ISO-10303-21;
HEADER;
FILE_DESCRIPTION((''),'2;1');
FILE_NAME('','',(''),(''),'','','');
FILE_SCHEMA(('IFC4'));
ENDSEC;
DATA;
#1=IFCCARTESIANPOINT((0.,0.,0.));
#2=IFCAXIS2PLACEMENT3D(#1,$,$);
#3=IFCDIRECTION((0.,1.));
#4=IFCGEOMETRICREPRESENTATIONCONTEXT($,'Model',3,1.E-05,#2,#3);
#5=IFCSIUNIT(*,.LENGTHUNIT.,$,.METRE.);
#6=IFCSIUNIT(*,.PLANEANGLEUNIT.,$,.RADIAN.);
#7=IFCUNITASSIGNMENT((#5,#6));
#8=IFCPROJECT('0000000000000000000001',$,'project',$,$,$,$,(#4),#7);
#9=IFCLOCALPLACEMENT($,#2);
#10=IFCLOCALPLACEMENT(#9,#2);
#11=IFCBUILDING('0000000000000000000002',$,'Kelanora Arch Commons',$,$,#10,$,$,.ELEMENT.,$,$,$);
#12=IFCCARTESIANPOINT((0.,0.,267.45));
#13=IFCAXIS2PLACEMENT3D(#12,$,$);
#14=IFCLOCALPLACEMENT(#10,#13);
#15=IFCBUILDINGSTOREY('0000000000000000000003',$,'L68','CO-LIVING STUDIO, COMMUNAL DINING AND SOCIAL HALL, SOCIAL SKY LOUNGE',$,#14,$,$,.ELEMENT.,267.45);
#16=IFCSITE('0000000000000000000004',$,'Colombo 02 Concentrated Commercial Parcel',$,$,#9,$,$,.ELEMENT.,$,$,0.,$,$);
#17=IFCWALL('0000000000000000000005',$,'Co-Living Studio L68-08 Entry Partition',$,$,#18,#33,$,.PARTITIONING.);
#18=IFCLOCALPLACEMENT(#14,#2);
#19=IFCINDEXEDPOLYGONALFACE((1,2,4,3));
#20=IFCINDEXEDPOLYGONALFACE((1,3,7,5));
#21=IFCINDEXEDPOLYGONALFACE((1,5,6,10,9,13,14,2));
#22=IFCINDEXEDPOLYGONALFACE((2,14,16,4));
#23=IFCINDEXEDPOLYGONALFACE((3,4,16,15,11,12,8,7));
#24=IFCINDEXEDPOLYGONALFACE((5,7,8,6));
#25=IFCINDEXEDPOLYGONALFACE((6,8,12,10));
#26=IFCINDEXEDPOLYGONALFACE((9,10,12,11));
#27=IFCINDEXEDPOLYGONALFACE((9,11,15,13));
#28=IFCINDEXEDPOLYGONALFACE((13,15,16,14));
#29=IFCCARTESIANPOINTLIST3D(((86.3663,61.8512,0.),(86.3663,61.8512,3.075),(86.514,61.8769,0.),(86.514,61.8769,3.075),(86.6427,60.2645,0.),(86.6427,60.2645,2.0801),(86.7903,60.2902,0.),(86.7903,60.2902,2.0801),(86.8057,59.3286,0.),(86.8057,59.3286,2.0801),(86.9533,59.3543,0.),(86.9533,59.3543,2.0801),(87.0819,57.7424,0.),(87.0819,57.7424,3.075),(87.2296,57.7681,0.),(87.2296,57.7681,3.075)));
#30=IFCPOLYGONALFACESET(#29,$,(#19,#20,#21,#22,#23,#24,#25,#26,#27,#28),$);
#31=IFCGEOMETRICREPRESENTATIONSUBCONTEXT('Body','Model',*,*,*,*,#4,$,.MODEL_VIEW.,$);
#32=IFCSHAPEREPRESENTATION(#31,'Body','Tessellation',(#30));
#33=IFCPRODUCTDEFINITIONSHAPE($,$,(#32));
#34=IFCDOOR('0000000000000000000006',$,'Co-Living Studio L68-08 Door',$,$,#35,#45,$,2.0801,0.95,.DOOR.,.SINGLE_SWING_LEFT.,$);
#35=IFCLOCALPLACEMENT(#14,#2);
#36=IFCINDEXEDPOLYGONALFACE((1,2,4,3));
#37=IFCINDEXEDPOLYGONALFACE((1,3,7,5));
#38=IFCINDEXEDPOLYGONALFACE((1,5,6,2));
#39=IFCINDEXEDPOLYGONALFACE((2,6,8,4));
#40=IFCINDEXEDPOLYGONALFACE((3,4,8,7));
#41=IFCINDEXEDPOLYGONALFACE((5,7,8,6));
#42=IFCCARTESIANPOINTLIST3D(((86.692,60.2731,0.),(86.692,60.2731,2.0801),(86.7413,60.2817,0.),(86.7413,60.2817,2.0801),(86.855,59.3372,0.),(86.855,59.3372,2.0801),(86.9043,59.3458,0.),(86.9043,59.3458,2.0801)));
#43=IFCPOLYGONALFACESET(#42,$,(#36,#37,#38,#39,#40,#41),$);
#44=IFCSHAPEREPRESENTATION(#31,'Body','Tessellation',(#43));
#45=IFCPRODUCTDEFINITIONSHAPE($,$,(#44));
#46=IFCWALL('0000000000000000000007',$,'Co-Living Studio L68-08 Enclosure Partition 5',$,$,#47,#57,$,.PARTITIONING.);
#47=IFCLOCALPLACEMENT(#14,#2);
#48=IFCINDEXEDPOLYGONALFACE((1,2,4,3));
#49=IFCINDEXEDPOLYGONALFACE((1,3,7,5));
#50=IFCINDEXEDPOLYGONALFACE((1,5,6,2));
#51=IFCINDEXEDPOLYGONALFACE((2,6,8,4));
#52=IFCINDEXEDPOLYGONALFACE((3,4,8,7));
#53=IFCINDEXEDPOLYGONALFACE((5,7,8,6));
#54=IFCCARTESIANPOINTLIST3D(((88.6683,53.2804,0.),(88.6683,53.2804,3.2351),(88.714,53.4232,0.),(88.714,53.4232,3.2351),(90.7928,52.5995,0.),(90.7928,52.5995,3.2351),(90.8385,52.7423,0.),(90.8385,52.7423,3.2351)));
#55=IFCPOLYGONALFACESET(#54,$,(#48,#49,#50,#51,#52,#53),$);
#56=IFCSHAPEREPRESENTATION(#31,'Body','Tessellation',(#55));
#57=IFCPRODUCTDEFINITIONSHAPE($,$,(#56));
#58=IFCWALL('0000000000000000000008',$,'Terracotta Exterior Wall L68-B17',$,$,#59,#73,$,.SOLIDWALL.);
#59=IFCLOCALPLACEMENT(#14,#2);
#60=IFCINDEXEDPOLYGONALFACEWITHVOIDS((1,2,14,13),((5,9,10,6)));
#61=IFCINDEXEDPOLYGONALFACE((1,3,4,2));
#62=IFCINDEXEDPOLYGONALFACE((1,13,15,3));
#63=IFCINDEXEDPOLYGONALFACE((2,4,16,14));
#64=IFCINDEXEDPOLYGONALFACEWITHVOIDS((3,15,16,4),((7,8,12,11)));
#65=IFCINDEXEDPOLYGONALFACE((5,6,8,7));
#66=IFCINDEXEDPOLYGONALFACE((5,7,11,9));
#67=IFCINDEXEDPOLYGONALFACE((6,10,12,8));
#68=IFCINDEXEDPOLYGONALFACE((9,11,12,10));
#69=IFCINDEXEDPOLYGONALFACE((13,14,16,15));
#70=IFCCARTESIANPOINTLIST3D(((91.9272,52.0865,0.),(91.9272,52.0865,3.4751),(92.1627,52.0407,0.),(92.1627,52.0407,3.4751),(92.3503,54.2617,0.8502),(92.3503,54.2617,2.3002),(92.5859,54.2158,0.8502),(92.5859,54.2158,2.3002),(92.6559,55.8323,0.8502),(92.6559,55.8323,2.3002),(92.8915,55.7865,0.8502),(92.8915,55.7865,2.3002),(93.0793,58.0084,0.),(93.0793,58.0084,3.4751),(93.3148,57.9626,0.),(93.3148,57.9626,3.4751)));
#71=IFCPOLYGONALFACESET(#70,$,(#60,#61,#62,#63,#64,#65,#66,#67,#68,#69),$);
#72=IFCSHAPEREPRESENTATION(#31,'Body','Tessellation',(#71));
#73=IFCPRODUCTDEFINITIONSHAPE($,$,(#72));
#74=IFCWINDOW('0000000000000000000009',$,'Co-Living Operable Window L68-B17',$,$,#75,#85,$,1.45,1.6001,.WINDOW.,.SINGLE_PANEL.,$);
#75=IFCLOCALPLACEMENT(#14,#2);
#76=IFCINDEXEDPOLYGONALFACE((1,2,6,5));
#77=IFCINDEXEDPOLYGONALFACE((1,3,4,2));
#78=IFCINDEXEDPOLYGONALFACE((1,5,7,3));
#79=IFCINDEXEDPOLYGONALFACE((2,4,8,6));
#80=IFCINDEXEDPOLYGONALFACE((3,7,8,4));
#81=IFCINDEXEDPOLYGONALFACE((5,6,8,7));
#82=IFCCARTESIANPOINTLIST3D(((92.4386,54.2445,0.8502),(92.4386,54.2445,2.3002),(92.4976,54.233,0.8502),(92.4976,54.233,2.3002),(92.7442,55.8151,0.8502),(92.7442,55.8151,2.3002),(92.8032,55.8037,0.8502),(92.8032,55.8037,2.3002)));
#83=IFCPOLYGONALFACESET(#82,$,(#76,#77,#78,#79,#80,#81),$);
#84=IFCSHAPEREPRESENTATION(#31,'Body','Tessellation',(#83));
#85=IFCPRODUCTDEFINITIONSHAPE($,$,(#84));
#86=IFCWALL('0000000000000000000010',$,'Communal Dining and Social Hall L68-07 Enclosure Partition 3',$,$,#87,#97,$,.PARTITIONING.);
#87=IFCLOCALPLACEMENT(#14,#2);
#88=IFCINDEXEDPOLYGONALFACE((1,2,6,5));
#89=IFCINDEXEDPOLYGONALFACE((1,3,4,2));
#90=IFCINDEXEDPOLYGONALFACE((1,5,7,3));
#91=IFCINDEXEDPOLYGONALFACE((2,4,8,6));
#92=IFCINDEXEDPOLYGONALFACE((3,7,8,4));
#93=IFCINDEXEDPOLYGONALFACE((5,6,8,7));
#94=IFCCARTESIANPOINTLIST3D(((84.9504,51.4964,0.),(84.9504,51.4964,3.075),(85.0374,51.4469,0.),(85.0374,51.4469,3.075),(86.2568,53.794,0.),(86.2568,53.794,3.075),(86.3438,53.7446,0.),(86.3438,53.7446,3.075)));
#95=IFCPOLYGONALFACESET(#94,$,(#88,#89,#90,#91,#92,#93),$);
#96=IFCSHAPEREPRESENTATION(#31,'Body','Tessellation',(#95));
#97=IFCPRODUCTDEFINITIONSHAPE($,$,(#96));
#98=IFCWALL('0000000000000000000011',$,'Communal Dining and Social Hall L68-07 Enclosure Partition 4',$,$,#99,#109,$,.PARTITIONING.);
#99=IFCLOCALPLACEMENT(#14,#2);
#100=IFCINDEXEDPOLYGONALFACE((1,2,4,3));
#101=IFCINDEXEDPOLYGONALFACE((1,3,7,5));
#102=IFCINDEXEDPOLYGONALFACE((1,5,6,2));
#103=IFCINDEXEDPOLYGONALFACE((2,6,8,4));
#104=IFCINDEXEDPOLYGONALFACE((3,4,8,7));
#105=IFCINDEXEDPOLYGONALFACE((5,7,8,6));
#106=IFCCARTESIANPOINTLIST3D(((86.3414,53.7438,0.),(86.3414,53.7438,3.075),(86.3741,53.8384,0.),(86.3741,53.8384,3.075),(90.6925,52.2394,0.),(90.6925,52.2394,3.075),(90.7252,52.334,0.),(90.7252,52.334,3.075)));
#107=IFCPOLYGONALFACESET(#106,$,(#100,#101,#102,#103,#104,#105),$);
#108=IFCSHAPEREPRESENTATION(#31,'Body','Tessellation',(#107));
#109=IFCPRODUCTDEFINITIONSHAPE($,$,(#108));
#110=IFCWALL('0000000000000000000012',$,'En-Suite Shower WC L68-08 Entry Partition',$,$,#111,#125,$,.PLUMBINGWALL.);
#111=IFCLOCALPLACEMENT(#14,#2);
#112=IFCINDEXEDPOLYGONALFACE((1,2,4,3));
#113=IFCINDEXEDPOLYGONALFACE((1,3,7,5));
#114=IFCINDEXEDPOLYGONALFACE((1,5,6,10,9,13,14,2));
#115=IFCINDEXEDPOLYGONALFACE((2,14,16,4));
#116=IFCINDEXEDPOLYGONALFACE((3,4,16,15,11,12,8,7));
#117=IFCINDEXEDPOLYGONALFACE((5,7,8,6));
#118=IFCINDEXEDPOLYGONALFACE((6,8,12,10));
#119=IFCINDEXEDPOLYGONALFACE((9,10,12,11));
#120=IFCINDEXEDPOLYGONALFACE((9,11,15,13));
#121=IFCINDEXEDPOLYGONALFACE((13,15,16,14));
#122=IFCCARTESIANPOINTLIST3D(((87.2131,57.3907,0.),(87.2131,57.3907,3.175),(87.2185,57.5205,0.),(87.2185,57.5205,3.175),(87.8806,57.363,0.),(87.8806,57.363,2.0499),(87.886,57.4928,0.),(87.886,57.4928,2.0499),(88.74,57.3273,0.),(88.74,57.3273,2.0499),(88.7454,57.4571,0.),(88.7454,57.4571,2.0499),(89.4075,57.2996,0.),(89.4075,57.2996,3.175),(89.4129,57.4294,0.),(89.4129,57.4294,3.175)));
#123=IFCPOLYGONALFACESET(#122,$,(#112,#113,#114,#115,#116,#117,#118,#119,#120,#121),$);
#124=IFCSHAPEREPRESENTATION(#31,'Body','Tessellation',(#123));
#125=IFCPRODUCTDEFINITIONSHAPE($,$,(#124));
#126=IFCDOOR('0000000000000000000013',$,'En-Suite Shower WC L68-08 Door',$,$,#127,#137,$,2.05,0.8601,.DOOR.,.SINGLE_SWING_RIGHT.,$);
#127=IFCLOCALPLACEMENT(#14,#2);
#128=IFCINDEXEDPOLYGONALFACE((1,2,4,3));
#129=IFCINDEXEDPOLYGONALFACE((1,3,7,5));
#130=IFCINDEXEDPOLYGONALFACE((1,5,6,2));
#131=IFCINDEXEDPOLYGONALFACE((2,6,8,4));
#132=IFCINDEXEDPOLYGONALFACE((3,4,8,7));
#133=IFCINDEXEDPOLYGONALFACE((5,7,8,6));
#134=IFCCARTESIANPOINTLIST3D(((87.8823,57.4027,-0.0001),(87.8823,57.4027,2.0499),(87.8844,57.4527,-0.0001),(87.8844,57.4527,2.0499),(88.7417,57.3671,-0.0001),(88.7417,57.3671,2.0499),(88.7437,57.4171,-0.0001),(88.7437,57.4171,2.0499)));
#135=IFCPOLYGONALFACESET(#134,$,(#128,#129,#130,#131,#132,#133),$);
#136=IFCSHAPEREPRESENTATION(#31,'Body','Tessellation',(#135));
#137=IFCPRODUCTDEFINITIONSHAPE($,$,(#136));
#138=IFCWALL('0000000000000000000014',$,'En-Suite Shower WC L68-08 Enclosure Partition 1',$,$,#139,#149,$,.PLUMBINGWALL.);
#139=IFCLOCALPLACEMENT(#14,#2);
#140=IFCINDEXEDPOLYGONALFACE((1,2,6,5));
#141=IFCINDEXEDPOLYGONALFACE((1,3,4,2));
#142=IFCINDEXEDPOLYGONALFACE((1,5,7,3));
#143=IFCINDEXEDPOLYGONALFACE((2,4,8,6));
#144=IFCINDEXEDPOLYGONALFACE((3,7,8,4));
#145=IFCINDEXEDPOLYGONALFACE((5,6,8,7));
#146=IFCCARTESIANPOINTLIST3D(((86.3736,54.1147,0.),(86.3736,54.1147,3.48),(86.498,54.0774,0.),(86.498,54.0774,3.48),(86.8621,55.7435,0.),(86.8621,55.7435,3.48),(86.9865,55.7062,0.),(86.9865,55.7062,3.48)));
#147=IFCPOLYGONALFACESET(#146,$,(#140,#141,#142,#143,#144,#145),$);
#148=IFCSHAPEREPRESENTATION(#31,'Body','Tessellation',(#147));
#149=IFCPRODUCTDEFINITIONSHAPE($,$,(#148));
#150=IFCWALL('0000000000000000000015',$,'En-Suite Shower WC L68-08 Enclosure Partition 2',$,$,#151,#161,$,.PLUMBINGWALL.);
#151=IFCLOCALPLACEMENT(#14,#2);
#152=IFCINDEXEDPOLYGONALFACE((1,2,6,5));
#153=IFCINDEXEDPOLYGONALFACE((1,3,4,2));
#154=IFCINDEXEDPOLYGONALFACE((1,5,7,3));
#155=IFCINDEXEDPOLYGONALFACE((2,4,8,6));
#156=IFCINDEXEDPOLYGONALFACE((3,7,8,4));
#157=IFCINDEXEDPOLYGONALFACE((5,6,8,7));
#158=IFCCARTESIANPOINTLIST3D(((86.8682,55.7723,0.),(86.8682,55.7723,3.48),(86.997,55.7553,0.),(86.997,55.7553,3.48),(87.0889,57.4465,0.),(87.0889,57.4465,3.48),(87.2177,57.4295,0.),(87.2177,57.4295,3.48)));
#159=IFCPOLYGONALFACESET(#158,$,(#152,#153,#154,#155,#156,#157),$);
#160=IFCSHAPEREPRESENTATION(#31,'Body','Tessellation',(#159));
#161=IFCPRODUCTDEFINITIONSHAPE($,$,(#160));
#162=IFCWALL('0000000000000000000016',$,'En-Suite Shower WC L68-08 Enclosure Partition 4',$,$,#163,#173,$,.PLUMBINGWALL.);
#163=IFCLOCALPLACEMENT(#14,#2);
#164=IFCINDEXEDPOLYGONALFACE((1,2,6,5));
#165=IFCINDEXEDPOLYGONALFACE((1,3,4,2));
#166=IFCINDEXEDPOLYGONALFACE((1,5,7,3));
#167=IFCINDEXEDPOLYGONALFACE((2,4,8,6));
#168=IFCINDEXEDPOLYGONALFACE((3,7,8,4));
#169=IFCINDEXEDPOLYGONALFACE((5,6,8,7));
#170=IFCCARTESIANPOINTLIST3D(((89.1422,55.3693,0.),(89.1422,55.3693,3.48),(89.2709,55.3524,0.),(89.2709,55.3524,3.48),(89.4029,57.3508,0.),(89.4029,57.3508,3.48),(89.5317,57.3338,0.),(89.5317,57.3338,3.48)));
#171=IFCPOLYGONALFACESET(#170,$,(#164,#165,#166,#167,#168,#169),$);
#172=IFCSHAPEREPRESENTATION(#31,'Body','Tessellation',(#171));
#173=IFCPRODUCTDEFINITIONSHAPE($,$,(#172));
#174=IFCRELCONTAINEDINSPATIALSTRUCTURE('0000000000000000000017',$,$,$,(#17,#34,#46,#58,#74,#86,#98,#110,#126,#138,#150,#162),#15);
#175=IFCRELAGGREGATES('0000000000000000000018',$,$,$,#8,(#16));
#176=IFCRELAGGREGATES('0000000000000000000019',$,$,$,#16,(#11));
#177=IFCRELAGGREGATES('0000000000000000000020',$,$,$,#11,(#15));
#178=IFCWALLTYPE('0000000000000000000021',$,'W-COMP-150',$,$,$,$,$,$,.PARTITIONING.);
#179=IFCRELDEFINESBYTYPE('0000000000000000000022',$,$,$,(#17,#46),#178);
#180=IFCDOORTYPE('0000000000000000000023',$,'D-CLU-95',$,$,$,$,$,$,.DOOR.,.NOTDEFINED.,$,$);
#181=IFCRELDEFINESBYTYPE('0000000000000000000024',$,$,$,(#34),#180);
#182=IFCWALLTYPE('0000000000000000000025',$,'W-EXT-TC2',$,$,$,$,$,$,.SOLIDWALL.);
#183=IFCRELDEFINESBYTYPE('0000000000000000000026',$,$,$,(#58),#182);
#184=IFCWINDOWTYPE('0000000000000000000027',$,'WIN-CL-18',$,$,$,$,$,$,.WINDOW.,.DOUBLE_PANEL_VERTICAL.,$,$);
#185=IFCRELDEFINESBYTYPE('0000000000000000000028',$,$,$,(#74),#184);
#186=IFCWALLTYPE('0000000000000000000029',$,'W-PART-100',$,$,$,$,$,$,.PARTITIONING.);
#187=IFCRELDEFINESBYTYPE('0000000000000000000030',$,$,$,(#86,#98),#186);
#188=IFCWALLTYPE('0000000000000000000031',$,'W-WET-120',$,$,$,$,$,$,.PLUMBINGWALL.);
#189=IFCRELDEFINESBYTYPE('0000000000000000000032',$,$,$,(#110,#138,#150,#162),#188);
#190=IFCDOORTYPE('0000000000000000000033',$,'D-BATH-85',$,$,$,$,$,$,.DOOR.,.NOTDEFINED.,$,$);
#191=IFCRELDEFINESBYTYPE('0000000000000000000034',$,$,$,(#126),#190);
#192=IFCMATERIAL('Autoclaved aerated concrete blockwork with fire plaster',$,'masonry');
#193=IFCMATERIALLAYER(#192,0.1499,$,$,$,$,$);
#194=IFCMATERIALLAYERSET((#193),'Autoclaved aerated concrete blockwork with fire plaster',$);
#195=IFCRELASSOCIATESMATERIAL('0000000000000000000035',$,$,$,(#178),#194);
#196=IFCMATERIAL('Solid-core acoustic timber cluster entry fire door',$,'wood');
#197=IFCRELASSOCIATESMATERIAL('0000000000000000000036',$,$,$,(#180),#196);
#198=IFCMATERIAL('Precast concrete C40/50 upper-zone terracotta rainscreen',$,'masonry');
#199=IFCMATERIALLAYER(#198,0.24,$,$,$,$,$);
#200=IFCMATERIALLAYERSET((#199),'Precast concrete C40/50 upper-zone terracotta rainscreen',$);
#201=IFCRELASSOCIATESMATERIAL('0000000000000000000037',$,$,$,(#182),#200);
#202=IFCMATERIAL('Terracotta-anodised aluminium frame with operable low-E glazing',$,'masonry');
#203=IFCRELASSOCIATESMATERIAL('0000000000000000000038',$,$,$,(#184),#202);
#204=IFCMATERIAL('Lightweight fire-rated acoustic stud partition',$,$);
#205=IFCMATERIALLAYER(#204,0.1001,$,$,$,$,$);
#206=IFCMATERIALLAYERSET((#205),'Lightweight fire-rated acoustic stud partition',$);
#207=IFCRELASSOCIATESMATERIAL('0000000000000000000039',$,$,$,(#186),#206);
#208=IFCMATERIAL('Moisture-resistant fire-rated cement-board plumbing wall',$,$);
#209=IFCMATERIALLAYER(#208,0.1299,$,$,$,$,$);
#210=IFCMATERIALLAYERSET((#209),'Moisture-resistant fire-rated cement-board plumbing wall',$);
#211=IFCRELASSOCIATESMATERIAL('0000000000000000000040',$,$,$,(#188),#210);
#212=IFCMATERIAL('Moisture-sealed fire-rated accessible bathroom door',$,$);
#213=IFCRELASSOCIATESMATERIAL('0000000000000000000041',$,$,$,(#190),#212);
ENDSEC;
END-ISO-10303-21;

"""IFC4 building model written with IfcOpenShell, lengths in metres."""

from ifc_helpers import new_model, si_unit, direction, frame, frame_2d, origin, place, context, subcontext, project, spatial, rectangle, extrude, material, layer, layer_set, type_object, element, fill, save


model = new_model("IFC4")

# Units and contexts
model_context = context("Model", 3, precision=1e-05, world=origin(), true_north=direction((0.0, 1.0)))
body_context = subcontext(model_context, "Body", "Model", "MODEL_VIEW")
ifc_project = project(units=[si_unit("LENGTHUNIT", "METRE"), si_unit("PLANEANGLEUNIT", "RADIAN")], contexts=[model_context])

# Site, building, storey
site_placement = place(None, origin())
site = spatial("IfcSite", under=ifc_project, at=site_placement, Name="Colombo 02 Concentrated Commercial Parcel", CompositionType="ELEMENT", RefElevation=0.0)
building_placement = place(site_placement, origin())
building = spatial("IfcBuilding", under=site, at=building_placement, Name="Kelanora Arch Commons", CompositionType="ELEMENT")
storey_placement = place(building_placement, frame((0.0, 0.0, 267.45)))
storey = spatial("IfcBuildingStorey", under=building, at=storey_placement, Name="L68", Description="CO-LIVING STUDIO, COMMUNAL DINING AND SOCIAL HALL, SOCIAL SKY LOUNGE", CompositionType="ELEMENT", Elevation=267.45)

# Wall, opening, door
ifc_material_1 = material(Name="Autoclaved aerated concrete blockwork with fire plaster", Category="masonry")
ifc_layer_1 = layer(ifc_material_1, 0.1499)
ifc_layer_set_1 = layer_set([ifc_layer_1], Name="Autoclaved aerated concrete blockwork with fire plaster")
wall_type_1 = type_object("IfcWallType", Name="W-COMP-150", PredefinedType="PARTITIONING", material=ifc_layer_set_1)
wall_1_placement = place(storey_placement, frame((87.1558, 57.7551, 0.0), z_axis=(0.0, 0.0, 1.0), x_axis=(-0.171571, 0.985172, 0.0)))
wall_1 = element("IfcWall", 1, at=wall_1_placement, inside=storey, type_object=wall_type_1, Name="Co-Living Studio L68-08 Entry Partition", PredefinedType="PARTITIONING", context=body_context, shape_type="SweptSolid", body=[
    extrude(rectangle(XDim=4.1707, YDim=0.1499, at=frame_2d((2.0854, 0.0))), origin(), (0.0, 0.0, 1.0), 3.075),
])
opening_1_placement = place(wall_1_placement, frame((1.6101, 0.0, 0.0)))
opening_1 = element("IfcOpeningElement", 2, at=opening_1_placement, cuts=wall_1, PredefinedType="OPENING", context=body_context, shape_type="SweptSolid", body=[
    extrude(rectangle(XDim=0.95, YDim=2.0801, at=frame_2d((0.4751, 1.04))), frame((0.0, 0.085, 0.0), z_axis=(0.0, -1.0, 0.0), x_axis=(1.0, 0.0, 0.0)), (0.0, 0.0, 1.0), 0.1699),
])
ifc_material_2 = material(Name="Solid-core acoustic timber cluster entry fire door", Category="wood")
door_type_1 = type_object("IfcDoorType", Name="D-CLU-95", OperationType="NOTDEFINED", PredefinedType="DOOR", material=ifc_material_2)
door_1_placement = place(opening_1_placement, origin())
door_1 = element("IfcDoor", 3, at=door_1_placement, inside=storey, type_object=door_type_1, Name="Co-Living Studio L68-08 Door", OperationType="SINGLE_SWING_LEFT", OverallHeight=2.0801, OverallWidth=0.95, PredefinedType="DOOR", context=body_context, shape_type="SweptSolid", body=[
    extrude(rectangle(XDim=0.95, YDim=2.0801, at=frame_2d((0.4751, 1.04))), frame((0.0, 0.0249, 0.0), z_axis=(0.0, -1.0, 0.0), x_axis=(1.0, 0.0, 0.0)), (0.0, 0.0, 1.0), 0.05),
])
fill(opening_1, door_1)

# Wall
wall_2_placement = place(storey_placement, frame((90.8157, 52.6709, 0.0), z_axis=(0.0, 0.0, 1.0), x_axis=(-0.952286, 0.305209, 0.0)))
element("IfcWall", 4, at=wall_2_placement, inside=storey, type_object=wall_type_1, Name="Co-Living Studio L68-08 Enclosure Partition 5", PredefinedType="PARTITIONING", context=body_context, shape_type="SweptSolid", body=[
    extrude(rectangle(XDim=2.231, YDim=0.1499, at=frame_2d((1.1155, 0.0))), origin(), (0.0, 0.0, 1.0), 3.2351),
])

# Wall, opening, window
ifc_material_3 = material(Name="Precast concrete C40/50 upper-zone terracotta rainscreen", Category="masonry")
ifc_layer_2 = layer(ifc_material_3, 0.24)
ifc_layer_set_2 = layer_set([ifc_layer_2], Name="Precast concrete C40/50 upper-zone terracotta rainscreen")
wall_type_2 = type_object("IfcWallType", Name="W-EXT-TC2", PredefinedType="SOLIDWALL", material=ifc_layer_set_2)
wall_3_placement = place(storey_placement, frame((92.0449, 52.0635, 0.0), z_axis=(0.0, 0.0, 1.0), x_axis=(0.190969, 0.981596, 0.0)))
wall_3 = element("IfcWall", 5, at=wall_3_placement, inside=storey, type_object=wall_type_2, Name="Terracotta Exterior Wall L68-B17", PredefinedType="SOLIDWALL", context=body_context, shape_type="SweptSolid", body=[
    extrude(rectangle(XDim=6.033, YDim=0.24, at=frame_2d((3.0166, 0.0))), origin(), (0.0, 0.0, 1.0), 3.4751),
])
opening_2_placement = place(wall_3_placement, frame((2.2161, 0.0, 0.8501)))
opening_2 = element("IfcOpeningElement", 6, at=opening_2_placement, cuts=wall_3, PredefinedType="OPENING", context=body_context, shape_type="SweptSolid", body=[
    extrude(rectangle(XDim=1.6001, YDim=1.45, at=frame_2d((0.8, 0.7251))), frame((0.0, 0.1299, 0.0), z_axis=(0.0, -1.0, 0.0), x_axis=(1.0, 0.0, 0.0)), (0.0, 0.0, 1.0), 0.26),
])
ifc_material_4 = material(Name="Terracotta-anodised aluminium frame with operable low-E glazing", Category="masonry")
window_type = type_object("IfcWindowType", Name="WIN-CL-18", PartitioningType="DOUBLE_PANEL_VERTICAL", PredefinedType="WINDOW", material=ifc_material_4)
window_placement = place(opening_2_placement, origin())
window = element("IfcWindow", 7, at=window_placement, inside=storey, type_object=window_type, Name="Co-Living Operable Window L68-B17", OverallHeight=1.45, OverallWidth=1.6001, PartitioningType="SINGLE_PANEL", PredefinedType="WINDOW", context=body_context, shape_type="SweptSolid", body=[
    extrude(rectangle(XDim=1.6001, YDim=1.45, at=frame_2d((0.8, 0.7251))), frame((0.0, 0.03, 0.0), z_axis=(0.0, -1.0, 0.0), x_axis=(1.0, 0.0, 0.0)), (0.0, 0.0, 1.0), 0.0601),
])
fill(opening_2, window)

# Walls
ifc_material_5 = material(Name="Lightweight fire-rated acoustic stud partition")
ifc_layer_3 = layer(ifc_material_5, 0.1001)
ifc_layer_set_3 = layer_set([ifc_layer_3], Name="Lightweight fire-rated acoustic stud partition")
wall_type_3 = type_object("IfcWallType", Name="W-PART-100", PredefinedType="PARTITIONING", material=ifc_layer_set_3)
wall_4_placement = place(storey_placement, frame((84.9939, 51.4717, 0.0), z_axis=(0.0, 0.0, 1.0), x_axis=(0.494278, 0.869304, 0.0)))
element("IfcWall", 8, at=wall_4_placement, inside=storey, type_object=wall_type_3, Name="Communal Dining and Social Hall L68-07 Enclosure Partition 3", PredefinedType="PARTITIONING", context=body_context, shape_type="SweptSolid", body=[
    extrude(rectangle(XDim=2.6431, YDim=0.1001, at=frame_2d((1.3215, 0.0))), origin(), (0.0, 0.0, 1.0), 3.075),
])
wall_5_placement = place(storey_placement, frame((86.3579, 53.791, 0.0), z_axis=(0.0, 0.0, 1.0), x_axis=(0.945103, -0.326772, 0.0)))
element("IfcWall", 9, at=wall_5_placement, inside=storey, type_object=wall_type_3, Name="Communal Dining and Social Hall L68-07 Enclosure Partition 4", PredefinedType="PARTITIONING", context=body_context, shape_type="SweptSolid", body=[
    extrude(rectangle(XDim=4.6038, YDim=0.1001, at=frame_2d((2.3018, 0.0))), origin(), (0.0, 0.0, 1.0), 3.075),
])

# Wall, opening, door
ifc_material_6 = material(Name="Moisture-resistant fire-rated cement-board plumbing wall")
ifc_layer_4 = layer(ifc_material_6, 0.1299)
ifc_layer_set_4 = layer_set([ifc_layer_4], Name="Moisture-resistant fire-rated cement-board plumbing wall")
wall_type_4 = type_object("IfcWallType", Name="W-WET-120", PredefinedType="PLUMBINGWALL", material=ifc_layer_set_4)
wall_6_placement = place(storey_placement, frame((87.2158, 57.4556, 0.0), z_axis=(0.0, 0.0, 1.0), x_axis=(0.99914, -0.041464, 0.0)))
wall_6 = element("IfcWall", 10, at=wall_6_placement, inside=storey, type_object=wall_type_4, Name="En-Suite Shower WC L68-08 Entry Partition", PredefinedType="PLUMBINGWALL", context=body_context, shape_type="SweptSolid", body=[
    extrude(rectangle(XDim=2.1963, YDim=0.1299, at=frame_2d((1.0981, 0.0))), origin(), (0.0, 0.0, 1.0), 3.175),
])
opening_3_placement = place(wall_6_placement, frame((0.668, 0.0, 0.0)))
opening_3 = element("IfcOpeningElement", 11, at=opening_3_placement, cuts=wall_6, PredefinedType="OPENING", context=body_context, shape_type="SweptSolid", body=[
    extrude(rectangle(XDim=0.8601, YDim=2.05, at=frame_2d((0.4302, 1.0249))), frame((0.0, 0.075, 0.0), z_axis=(0.0, -1.0, 0.0), x_axis=(1.0, 0.0, 0.0)), (0.0, 0.0, 1.0), 0.1499),
])
ifc_material_7 = material(Name="Moisture-sealed fire-rated accessible bathroom door")
door_type_2 = type_object("IfcDoorType", Name="D-BATH-85", OperationType="NOTDEFINED", PredefinedType="DOOR", material=ifc_material_7)
door_2_placement = place(opening_3_placement, origin())
door_2 = element("IfcDoor", 12, at=door_2_placement, inside=storey, type_object=door_type_2, Name="En-Suite Shower WC L68-08 Door", OperationType="SINGLE_SWING_RIGHT", OverallHeight=2.05, OverallWidth=0.8601, PredefinedType="DOOR", context=body_context, shape_type="SweptSolid", body=[
    extrude(rectangle(XDim=0.8601, YDim=2.05, at=frame_2d((0.4302, 1.0249))), frame((0.0, 0.0249, 0.0), z_axis=(0.0, -1.0, 0.0), x_axis=(1.0, 0.0, 0.0)), (0.0, 0.0, 1.0), 0.05),
])
fill(opening_3, door_2)

# Walls
wall_7_placement = place(storey_placement, frame((86.4358, 54.0962, 0.0), z_axis=(0.0, 0.0, 1.0), x_axis=(0.287308, 0.957838, 0.0)))
element("IfcWall", 13, at=wall_7_placement, inside=storey, type_object=wall_type_4, Name="En-Suite Shower WC L68-08 Enclosure Partition 1", PredefinedType="PLUMBINGWALL", context=body_context, shape_type="SweptSolid", body=[
    extrude(rectangle(XDim=1.7004, YDim=0.1299, at=frame_2d((0.8501, 0.0))), origin(), (0.0, 0.0, 1.0), 3.48),
])
wall_8_placement = place(storey_placement, frame((86.9326, 55.7639, 0.0), z_axis=(0.0, 0.0, 1.0), x_axis=(0.130686, 0.991424, 0.0)))
element("IfcWall", 14, at=wall_8_placement, inside=storey, type_object=wall_type_4, Name="En-Suite Shower WC L68-08 Enclosure Partition 2", PredefinedType="PLUMBINGWALL", context=body_context, shape_type="SweptSolid", body=[
    extrude(rectangle(XDim=1.6887, YDim=0.1299, at=frame_2d((0.8442, 0.0))), origin(), (0.0, 0.0, 1.0), 3.48),
])
wall_9_placement = place(storey_placement, frame((89.4673, 57.3423, 0.0), z_axis=(0.0, 0.0, 1.0), x_axis=(-0.130467, -0.991453, 0.0)))
element("IfcWall", 15, at=wall_9_placement, inside=storey, type_object=wall_type_4, Name="En-Suite Shower WC L68-08 Enclosure Partition 4", PredefinedType="PLUMBINGWALL", context=body_context, shape_type="SweptSolid", body=[
    extrude(rectangle(XDim=1.9985, YDim=0.1299, at=frame_2d((0.9993, 0.0))), origin(), (0.0, 0.0, 1.0), 3.48),
])

save(model, "model.ifc")
